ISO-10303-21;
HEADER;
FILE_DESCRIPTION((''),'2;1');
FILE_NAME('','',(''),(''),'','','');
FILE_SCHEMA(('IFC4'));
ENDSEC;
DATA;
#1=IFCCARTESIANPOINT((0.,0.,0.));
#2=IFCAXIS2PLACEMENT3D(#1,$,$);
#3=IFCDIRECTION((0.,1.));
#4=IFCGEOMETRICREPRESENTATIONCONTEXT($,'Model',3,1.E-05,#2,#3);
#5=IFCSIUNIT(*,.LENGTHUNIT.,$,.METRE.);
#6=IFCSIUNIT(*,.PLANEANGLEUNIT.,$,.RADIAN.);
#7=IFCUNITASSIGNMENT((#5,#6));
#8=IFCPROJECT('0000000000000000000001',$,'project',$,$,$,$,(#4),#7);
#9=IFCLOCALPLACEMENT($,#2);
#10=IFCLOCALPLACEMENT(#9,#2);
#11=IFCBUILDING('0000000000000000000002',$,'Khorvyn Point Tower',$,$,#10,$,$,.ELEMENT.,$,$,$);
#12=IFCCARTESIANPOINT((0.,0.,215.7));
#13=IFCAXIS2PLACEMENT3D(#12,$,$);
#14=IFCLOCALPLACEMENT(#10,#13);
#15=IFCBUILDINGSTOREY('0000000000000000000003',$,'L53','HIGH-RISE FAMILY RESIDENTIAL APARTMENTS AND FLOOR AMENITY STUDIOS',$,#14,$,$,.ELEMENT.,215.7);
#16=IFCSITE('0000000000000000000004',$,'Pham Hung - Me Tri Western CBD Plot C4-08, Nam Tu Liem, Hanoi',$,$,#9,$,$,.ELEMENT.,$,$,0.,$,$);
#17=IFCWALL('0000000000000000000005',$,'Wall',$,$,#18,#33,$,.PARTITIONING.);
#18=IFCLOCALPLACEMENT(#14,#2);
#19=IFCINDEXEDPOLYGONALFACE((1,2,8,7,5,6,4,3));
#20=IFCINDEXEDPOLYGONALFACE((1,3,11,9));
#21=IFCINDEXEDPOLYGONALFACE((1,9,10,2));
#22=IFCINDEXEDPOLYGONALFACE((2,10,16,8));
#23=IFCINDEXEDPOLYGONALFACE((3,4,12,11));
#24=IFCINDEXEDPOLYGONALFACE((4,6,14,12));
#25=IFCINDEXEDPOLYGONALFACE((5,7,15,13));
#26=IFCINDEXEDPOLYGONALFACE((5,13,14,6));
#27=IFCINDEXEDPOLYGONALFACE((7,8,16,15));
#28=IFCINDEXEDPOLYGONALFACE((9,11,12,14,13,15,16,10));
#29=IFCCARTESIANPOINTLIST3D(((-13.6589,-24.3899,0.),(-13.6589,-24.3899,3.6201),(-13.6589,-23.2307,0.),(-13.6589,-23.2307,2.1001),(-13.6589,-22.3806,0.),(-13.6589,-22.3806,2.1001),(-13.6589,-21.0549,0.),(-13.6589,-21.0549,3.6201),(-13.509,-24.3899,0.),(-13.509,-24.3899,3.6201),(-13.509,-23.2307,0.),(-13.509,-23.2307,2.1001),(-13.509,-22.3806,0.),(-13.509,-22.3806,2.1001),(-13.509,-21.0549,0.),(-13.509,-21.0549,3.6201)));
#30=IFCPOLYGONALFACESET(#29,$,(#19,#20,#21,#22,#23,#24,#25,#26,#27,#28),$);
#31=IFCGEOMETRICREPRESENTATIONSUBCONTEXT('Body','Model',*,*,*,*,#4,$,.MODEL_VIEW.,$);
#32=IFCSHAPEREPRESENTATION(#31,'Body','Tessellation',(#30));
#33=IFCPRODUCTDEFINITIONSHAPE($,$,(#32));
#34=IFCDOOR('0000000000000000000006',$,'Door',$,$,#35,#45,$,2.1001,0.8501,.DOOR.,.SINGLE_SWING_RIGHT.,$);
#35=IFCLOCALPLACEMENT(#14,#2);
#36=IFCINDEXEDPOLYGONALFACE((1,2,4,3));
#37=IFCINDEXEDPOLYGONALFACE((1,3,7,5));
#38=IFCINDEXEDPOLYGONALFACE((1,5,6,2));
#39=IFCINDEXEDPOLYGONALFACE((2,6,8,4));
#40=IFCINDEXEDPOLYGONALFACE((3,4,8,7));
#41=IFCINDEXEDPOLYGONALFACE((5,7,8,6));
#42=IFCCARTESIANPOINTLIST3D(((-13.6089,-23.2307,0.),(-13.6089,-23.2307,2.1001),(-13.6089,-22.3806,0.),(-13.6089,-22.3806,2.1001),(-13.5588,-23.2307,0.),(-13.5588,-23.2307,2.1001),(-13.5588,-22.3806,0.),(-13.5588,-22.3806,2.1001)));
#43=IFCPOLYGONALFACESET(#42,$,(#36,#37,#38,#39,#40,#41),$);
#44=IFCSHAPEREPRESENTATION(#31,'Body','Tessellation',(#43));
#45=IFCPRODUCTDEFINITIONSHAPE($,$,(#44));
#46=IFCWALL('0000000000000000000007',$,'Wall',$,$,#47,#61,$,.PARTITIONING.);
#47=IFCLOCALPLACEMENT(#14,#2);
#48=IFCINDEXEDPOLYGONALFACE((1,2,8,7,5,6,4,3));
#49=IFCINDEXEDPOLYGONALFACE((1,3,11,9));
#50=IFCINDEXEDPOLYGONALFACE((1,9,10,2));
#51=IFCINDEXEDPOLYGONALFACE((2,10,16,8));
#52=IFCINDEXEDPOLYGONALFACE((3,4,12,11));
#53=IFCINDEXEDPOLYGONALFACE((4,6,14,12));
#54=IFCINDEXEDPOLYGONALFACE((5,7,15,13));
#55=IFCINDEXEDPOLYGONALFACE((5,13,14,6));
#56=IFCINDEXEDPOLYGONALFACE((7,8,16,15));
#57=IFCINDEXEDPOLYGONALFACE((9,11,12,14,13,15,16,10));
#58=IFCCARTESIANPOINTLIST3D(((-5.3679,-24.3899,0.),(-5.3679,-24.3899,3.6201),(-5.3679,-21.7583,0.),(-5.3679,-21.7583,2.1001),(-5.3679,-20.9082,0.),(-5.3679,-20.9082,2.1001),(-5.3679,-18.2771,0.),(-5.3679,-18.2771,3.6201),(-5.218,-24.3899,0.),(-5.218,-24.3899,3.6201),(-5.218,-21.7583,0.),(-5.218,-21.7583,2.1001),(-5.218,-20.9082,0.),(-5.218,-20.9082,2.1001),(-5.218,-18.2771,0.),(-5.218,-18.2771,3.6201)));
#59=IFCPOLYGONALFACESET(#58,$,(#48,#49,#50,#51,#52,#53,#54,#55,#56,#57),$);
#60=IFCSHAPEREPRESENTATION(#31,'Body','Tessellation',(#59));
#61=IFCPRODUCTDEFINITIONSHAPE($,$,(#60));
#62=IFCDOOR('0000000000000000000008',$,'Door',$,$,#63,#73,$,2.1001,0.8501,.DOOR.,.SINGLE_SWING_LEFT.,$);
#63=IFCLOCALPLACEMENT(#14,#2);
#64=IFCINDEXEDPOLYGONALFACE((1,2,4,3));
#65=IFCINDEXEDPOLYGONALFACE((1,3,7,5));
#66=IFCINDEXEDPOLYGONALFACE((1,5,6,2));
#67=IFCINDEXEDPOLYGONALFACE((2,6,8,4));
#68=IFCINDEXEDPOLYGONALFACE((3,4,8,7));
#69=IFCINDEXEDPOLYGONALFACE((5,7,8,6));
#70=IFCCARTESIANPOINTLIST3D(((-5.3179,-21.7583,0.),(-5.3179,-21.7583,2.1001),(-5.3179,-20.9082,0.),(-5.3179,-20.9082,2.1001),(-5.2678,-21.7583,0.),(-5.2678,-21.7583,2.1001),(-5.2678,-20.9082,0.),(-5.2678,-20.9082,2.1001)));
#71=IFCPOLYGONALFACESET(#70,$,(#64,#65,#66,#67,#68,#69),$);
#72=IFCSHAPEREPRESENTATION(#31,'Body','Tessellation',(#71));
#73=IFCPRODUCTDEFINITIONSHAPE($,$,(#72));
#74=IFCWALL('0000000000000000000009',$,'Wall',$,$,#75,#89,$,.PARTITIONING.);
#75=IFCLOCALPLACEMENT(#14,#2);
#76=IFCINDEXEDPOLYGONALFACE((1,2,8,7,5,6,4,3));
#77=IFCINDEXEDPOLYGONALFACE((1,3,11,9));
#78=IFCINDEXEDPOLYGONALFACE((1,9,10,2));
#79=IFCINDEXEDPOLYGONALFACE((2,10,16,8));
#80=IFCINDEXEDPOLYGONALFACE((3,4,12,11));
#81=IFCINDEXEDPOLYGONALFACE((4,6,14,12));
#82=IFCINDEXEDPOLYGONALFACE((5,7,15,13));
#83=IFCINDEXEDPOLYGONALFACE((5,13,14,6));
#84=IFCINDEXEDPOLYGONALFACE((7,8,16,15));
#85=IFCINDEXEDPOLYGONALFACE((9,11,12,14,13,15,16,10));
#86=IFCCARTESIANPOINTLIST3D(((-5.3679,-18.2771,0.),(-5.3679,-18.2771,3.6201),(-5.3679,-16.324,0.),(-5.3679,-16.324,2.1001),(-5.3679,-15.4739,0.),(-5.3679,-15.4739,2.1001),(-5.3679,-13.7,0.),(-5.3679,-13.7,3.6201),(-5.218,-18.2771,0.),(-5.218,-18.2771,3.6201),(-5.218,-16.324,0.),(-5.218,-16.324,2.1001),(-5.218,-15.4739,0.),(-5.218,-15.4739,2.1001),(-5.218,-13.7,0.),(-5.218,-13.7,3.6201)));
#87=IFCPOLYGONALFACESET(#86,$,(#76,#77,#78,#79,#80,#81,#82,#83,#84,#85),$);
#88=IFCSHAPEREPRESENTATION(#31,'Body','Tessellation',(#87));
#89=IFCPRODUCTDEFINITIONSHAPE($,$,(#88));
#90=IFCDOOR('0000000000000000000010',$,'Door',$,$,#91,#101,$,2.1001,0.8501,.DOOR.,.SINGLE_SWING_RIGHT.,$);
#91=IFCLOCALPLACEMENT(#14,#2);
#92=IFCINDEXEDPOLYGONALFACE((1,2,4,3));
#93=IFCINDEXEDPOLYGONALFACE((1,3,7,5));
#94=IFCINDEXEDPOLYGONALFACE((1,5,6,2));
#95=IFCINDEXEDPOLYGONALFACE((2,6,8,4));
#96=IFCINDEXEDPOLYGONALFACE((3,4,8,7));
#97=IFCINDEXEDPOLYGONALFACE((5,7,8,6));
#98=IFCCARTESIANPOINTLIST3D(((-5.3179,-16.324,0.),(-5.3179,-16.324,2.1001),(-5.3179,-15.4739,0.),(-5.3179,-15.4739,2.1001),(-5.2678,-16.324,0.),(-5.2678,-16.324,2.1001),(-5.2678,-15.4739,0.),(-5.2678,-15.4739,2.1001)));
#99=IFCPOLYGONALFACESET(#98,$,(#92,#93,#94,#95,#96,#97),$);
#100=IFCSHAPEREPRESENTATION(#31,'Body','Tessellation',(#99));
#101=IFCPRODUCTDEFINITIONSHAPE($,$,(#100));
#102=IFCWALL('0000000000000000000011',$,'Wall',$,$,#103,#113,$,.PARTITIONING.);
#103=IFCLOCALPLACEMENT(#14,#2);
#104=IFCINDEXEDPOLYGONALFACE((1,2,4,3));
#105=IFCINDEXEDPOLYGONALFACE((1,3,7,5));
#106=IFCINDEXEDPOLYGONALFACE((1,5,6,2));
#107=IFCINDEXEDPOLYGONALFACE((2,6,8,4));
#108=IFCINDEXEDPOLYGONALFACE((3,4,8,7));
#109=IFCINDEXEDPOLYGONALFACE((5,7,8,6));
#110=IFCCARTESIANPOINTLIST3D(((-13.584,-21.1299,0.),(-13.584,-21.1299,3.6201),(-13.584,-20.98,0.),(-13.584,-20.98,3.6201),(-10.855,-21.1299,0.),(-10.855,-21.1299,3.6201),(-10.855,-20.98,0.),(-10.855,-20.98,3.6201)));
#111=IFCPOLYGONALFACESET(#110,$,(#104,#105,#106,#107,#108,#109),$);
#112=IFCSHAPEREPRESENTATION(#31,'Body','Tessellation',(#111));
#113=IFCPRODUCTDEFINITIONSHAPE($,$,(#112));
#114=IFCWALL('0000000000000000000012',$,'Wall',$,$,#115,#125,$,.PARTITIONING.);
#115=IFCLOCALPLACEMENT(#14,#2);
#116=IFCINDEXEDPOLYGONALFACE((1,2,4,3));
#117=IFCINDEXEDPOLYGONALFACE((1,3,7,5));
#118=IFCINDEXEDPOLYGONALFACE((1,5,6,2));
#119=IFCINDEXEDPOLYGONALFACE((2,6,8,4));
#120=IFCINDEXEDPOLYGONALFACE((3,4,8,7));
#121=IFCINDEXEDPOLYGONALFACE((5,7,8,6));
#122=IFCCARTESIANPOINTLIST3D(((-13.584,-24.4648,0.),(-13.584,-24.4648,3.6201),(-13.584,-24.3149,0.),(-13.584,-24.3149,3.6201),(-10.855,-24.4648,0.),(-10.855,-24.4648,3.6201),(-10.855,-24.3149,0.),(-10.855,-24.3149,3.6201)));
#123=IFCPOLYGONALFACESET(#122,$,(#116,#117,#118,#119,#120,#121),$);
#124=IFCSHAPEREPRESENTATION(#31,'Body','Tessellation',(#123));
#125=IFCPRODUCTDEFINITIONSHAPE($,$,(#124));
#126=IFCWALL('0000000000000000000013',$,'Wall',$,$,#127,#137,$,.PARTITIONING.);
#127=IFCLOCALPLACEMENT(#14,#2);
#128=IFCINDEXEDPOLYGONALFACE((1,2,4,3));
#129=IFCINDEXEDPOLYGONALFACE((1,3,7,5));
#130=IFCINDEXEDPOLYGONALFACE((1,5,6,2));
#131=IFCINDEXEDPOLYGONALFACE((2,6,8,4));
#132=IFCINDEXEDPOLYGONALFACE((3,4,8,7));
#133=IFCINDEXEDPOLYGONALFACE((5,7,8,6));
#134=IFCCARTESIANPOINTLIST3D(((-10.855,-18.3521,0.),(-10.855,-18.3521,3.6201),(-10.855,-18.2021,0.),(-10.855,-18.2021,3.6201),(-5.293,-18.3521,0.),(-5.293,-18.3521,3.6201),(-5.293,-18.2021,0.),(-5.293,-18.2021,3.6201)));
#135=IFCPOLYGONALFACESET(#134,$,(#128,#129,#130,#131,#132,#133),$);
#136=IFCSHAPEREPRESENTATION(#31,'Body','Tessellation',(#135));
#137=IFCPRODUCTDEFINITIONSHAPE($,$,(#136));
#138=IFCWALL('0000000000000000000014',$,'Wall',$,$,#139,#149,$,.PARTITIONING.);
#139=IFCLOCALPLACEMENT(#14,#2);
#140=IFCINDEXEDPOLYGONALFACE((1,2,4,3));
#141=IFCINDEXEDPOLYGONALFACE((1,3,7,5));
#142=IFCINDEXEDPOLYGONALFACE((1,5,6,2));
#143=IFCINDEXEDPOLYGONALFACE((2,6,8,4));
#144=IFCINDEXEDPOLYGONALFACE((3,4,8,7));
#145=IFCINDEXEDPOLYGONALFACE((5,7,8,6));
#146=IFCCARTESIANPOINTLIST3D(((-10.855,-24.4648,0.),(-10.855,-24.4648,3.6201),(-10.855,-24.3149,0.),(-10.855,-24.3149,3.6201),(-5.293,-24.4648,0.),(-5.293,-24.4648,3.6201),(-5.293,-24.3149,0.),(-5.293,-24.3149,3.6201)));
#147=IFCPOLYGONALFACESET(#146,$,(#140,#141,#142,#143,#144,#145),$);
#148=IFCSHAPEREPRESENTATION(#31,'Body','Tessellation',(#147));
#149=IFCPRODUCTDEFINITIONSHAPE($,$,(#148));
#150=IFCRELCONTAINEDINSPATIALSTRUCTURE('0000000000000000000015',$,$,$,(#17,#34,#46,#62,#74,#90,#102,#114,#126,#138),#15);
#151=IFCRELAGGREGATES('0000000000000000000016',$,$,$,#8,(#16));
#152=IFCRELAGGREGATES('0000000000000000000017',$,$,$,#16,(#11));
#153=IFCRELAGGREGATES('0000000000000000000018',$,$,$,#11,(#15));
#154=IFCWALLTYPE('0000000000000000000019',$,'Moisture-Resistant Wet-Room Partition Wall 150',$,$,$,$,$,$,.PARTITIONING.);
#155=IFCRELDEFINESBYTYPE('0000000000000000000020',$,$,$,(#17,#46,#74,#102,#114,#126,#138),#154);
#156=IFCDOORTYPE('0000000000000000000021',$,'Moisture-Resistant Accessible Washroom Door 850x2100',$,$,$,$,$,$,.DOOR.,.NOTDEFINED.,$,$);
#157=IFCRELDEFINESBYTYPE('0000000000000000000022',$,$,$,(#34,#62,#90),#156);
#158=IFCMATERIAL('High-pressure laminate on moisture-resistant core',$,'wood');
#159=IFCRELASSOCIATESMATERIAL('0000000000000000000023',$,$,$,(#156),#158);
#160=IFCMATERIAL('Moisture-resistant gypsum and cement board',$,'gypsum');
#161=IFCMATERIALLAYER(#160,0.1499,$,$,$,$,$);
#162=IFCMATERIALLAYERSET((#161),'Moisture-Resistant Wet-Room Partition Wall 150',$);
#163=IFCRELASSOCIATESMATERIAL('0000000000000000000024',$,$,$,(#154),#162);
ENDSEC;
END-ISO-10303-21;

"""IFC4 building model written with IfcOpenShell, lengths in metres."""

from ifc_helpers import new_model, si_unit, direction, frame, frame_2d, origin, place, context, subcontext, project, spatial, rectangle, extrude, material, layer, layer_set, type_object, element, fill, save


model = new_model("IFC4")

# Units and contexts
model_context = context("Model", 3, precision=1e-05, world=origin(), true_north=direction((0.0, 1.0)))
body_context = subcontext(model_context, "Body", "Model", "MODEL_VIEW")
ifc_project = project(units=[si_unit("LENGTHUNIT", "METRE"), si_unit("PLANEANGLEUNIT", "RADIAN")], contexts=[model_context])

# Site, building, storey
site_placement = place(None, origin())
site = spatial("IfcSite", under=ifc_project, at=site_placement, Name="Pham Hung - Me Tri Western CBD Plot C4-08, Nam Tu Liem, Hanoi", CompositionType="ELEMENT", RefElevation=0.0)
building_placement = place(site_placement, origin())
building = spatial("IfcBuilding", under=site, at=building_placement, Name="Khorvyn Point Tower", CompositionType="ELEMENT")
storey_placement = place(building_placement, frame((0.0, 0.0, 215.7)))
storey = spatial("IfcBuildingStorey", under=building, at=storey_placement, Name="L53", Description="HIGH-RISE FAMILY RESIDENTIAL APARTMENTS AND FLOOR AMENITY STUDIOS", CompositionType="ELEMENT", Elevation=215.7)

# Walls, openings, doors
ifc_material_1 = material(Name="High-pressure laminate on moisture-resistant core", Category="wood")
door_type_1 = type_object("IfcDoorType", Name="Moisture-Resistant Accessible Washroom Door 850x2100", OperationType="NOTDEFINED", PredefinedType="DOOR", material=ifc_material_1)
ifc_material_2 = material(Name="Moisture-resistant gypsum and cement board", Category="gypsum")
ifc_layer_1 = layer(ifc_material_2, 0.1499)
ifc_layer_set_1 = layer_set([ifc_layer_1], Name="Moisture-Resistant Wet-Room Partition Wall 150")
wall_type_1 = type_object("IfcWallType", Name="Moisture-Resistant Wet-Room Partition Wall 150", PredefinedType="PARTITIONING", material=ifc_layer_set_1)
wall_1_placement = place(storey_placement, frame((-13.584, -24.3899, 0.0), z_axis=(0.0, 0.0, 1.0), x_axis=(0.0, 1.0, 0.0)))
wall_1 = element("IfcWall", 1, at=wall_1_placement, inside=storey, type_object=wall_type_1, Name="Wall", PredefinedType="PARTITIONING", context=body_context, shape_type="SweptSolid", body=[
    extrude(rectangle(XDim=3.335, YDim=0.1499, at=frame_2d((1.6675, 0.0))), origin(), (0.0, 0.0, 1.0), 3.6201),
])
opening_1_placement = place(wall_1_placement, frame((1.1592, 0.0, 0.0)))
opening_1 = element("IfcOpeningElement", 2, at=opening_1_placement, cuts=wall_1, PredefinedType="OPENING", context=body_context, shape_type="SweptSolid", body=[
    extrude(rectangle(XDim=0.8501, YDim=2.1001, at=frame_2d((0.425, 1.05))), frame((0.0, 0.085, 0.0), z_axis=(0.0, -1.0, 0.0), x_axis=(1.0, 0.0, 0.0)), (0.0, 0.0, 1.0), 0.1699),
])
door_1_placement = place(opening_1_placement, origin())
door_1 = element("IfcDoor", 3, at=door_1_placement, inside=storey, type_object=door_type_1, Name="Door", OperationType="SINGLE_SWING_RIGHT", OverallHeight=2.1001, OverallWidth=0.8501, PredefinedType="DOOR", context=body_context, shape_type="SweptSolid", body=[
    extrude(rectangle(XDim=0.8501, YDim=2.1001, at=frame_2d((0.425, 1.05))), frame((0.0, 0.0249, 0.0), z_axis=(0.0, -1.0, 0.0), x_axis=(1.0, 0.0, 0.0)), (0.0, 0.0, 1.0), 0.05),
])
fill(opening_1, door_1)
wall_2_placement = place(storey_placement, frame((-5.293, -24.3899, 0.0), z_axis=(0.0, 0.0, 1.0), x_axis=(0.0, 1.0, 0.0)))
wall_2 = element("IfcWall", 4, at=wall_2_placement, inside=storey, type_object=wall_type_1, Name="Wall", PredefinedType="PARTITIONING", context=body_context, shape_type="SweptSolid", body=[
    extrude(rectangle(XDim=6.1128, YDim=0.1499, at=frame_2d((3.0564, 0.0))), origin(), (0.0, 0.0, 1.0), 3.6201),
])
opening_2_placement = place(wall_2_placement, frame((2.6316, 0.0, 0.0)))
opening_2 = element("IfcOpeningElement", 5, at=opening_2_placement, cuts=wall_2, PredefinedType="OPENING", context=body_context, shape_type="SweptSolid", body=[
    extrude(rectangle(XDim=0.8501, YDim=2.1001, at=frame_2d((0.425, 1.05))), frame((0.0, 0.085, 0.0), z_axis=(0.0, -1.0, 0.0), x_axis=(1.0, 0.0, 0.0)), (0.0, 0.0, 1.0), 0.1699),
])
door_2_placement = place(opening_2_placement, origin())
door_2 = element("IfcDoor", 6, at=door_2_placement, inside=storey, type_object=door_type_1, Name="Door", OperationType="SINGLE_SWING_LEFT", OverallHeight=2.1001, OverallWidth=0.8501, PredefinedType="DOOR", context=body_context, shape_type="SweptSolid", body=[
    extrude(rectangle(XDim=0.8501, YDim=2.1001, at=frame_2d((0.425, 1.05))), frame((0.0, 0.0249, 0.0), z_axis=(0.0, -1.0, 0.0), x_axis=(1.0, 0.0, 0.0)), (0.0, 0.0, 1.0), 0.05),
])
fill(opening_2, door_2)
wall_3_placement = place(storey_placement, frame((-5.293, -18.2771, 0.0), z_axis=(0.0, 0.0, 1.0), x_axis=(0.0, 1.0, 0.0)))
wall_3 = element("IfcWall", 7, at=wall_3_placement, inside=storey, type_object=wall_type_1, Name="Wall", PredefinedType="PARTITIONING", context=body_context, shape_type="SweptSolid", body=[
    extrude(rectangle(XDim=4.5771, YDim=0.1499, at=frame_2d((2.2886, 0.0))), origin(), (0.0, 0.0, 1.0), 3.6201),
])
opening_3_placement = place(wall_3_placement, frame((1.9531, 0.0, 0.0)))
opening_3 = element("IfcOpeningElement", 8, at=opening_3_placement, cuts=wall_3, PredefinedType="OPENING", context=body_context, shape_type="SweptSolid", body=[
    extrude(rectangle(XDim=0.8501, YDim=2.1001, at=frame_2d((0.425, 1.05))), frame((0.0, 0.085, 0.0), z_axis=(0.0, -1.0, 0.0), x_axis=(1.0, 0.0, 0.0)), (0.0, 0.0, 1.0), 0.1699),
])
door_3_placement = place(opening_3_placement, origin())
door_3 = element("IfcDoor", 9, at=door_3_placement, inside=storey, type_object=door_type_1, Name="Door", OperationType="SINGLE_SWING_RIGHT", OverallHeight=2.1001, OverallWidth=0.8501, PredefinedType="DOOR", context=body_context, shape_type="SweptSolid", body=[
    extrude(rectangle(XDim=0.8501, YDim=2.1001, at=frame_2d((0.425, 1.05))), frame((0.0, 0.0249, 0.0), z_axis=(0.0, -1.0, 0.0), x_axis=(1.0, 0.0, 0.0)), (0.0, 0.0, 1.0), 0.05),
])
fill(opening_3, door_3)

# Walls
for number, where, z_axis, x_axis, name in (
    (10, (-13.584, -21.0549, 0.0), (0.0, 0.0, 1.0), (1.0, 0.0, 0.0), "Wall"),
    (11, (-13.584, -24.3899, 0.0), (0.0, 0.0, 1.0), (1.0, 0.0, 0.0), "Wall"),
):
    element("IfcWall", number, at=place(storey_placement, frame(where, z_axis=z_axis, x_axis=x_axis)), inside=storey, type_object=wall_type_1, Name=name, PredefinedType="PARTITIONING", context=body_context, shape_type="SweptSolid", body=[
        extrude(rectangle(XDim=2.729, YDim=0.1499, at=frame_2d((1.3645, 0.0))), origin(), (0.0, 0.0, 1.0), 3.6201),
    ])
for number, where, z_axis, x_axis, name in (
    (12, (-10.855, -18.2771, 0.0), (0.0, 0.0, 1.0), (1.0, 0.0, 0.0), "Wall"),
    (13, (-10.855, -24.3899, 0.0), (0.0, 0.0, 1.0), (1.0, 0.0, 0.0), "Wall"),
):
    element("IfcWall", number, at=place(storey_placement, frame(where, z_axis=z_axis, x_axis=x_axis)), inside=storey, type_object=wall_type_1, Name=name, PredefinedType="PARTITIONING", context=body_context, shape_type="SweptSolid", body=[
        extrude(rectangle(XDim=5.562, YDim=0.1499, at=frame_2d((2.781, 0.0))), origin(), (0.0, 0.0, 1.0), 3.6201),
    ])

save(model, "model.ifc")
